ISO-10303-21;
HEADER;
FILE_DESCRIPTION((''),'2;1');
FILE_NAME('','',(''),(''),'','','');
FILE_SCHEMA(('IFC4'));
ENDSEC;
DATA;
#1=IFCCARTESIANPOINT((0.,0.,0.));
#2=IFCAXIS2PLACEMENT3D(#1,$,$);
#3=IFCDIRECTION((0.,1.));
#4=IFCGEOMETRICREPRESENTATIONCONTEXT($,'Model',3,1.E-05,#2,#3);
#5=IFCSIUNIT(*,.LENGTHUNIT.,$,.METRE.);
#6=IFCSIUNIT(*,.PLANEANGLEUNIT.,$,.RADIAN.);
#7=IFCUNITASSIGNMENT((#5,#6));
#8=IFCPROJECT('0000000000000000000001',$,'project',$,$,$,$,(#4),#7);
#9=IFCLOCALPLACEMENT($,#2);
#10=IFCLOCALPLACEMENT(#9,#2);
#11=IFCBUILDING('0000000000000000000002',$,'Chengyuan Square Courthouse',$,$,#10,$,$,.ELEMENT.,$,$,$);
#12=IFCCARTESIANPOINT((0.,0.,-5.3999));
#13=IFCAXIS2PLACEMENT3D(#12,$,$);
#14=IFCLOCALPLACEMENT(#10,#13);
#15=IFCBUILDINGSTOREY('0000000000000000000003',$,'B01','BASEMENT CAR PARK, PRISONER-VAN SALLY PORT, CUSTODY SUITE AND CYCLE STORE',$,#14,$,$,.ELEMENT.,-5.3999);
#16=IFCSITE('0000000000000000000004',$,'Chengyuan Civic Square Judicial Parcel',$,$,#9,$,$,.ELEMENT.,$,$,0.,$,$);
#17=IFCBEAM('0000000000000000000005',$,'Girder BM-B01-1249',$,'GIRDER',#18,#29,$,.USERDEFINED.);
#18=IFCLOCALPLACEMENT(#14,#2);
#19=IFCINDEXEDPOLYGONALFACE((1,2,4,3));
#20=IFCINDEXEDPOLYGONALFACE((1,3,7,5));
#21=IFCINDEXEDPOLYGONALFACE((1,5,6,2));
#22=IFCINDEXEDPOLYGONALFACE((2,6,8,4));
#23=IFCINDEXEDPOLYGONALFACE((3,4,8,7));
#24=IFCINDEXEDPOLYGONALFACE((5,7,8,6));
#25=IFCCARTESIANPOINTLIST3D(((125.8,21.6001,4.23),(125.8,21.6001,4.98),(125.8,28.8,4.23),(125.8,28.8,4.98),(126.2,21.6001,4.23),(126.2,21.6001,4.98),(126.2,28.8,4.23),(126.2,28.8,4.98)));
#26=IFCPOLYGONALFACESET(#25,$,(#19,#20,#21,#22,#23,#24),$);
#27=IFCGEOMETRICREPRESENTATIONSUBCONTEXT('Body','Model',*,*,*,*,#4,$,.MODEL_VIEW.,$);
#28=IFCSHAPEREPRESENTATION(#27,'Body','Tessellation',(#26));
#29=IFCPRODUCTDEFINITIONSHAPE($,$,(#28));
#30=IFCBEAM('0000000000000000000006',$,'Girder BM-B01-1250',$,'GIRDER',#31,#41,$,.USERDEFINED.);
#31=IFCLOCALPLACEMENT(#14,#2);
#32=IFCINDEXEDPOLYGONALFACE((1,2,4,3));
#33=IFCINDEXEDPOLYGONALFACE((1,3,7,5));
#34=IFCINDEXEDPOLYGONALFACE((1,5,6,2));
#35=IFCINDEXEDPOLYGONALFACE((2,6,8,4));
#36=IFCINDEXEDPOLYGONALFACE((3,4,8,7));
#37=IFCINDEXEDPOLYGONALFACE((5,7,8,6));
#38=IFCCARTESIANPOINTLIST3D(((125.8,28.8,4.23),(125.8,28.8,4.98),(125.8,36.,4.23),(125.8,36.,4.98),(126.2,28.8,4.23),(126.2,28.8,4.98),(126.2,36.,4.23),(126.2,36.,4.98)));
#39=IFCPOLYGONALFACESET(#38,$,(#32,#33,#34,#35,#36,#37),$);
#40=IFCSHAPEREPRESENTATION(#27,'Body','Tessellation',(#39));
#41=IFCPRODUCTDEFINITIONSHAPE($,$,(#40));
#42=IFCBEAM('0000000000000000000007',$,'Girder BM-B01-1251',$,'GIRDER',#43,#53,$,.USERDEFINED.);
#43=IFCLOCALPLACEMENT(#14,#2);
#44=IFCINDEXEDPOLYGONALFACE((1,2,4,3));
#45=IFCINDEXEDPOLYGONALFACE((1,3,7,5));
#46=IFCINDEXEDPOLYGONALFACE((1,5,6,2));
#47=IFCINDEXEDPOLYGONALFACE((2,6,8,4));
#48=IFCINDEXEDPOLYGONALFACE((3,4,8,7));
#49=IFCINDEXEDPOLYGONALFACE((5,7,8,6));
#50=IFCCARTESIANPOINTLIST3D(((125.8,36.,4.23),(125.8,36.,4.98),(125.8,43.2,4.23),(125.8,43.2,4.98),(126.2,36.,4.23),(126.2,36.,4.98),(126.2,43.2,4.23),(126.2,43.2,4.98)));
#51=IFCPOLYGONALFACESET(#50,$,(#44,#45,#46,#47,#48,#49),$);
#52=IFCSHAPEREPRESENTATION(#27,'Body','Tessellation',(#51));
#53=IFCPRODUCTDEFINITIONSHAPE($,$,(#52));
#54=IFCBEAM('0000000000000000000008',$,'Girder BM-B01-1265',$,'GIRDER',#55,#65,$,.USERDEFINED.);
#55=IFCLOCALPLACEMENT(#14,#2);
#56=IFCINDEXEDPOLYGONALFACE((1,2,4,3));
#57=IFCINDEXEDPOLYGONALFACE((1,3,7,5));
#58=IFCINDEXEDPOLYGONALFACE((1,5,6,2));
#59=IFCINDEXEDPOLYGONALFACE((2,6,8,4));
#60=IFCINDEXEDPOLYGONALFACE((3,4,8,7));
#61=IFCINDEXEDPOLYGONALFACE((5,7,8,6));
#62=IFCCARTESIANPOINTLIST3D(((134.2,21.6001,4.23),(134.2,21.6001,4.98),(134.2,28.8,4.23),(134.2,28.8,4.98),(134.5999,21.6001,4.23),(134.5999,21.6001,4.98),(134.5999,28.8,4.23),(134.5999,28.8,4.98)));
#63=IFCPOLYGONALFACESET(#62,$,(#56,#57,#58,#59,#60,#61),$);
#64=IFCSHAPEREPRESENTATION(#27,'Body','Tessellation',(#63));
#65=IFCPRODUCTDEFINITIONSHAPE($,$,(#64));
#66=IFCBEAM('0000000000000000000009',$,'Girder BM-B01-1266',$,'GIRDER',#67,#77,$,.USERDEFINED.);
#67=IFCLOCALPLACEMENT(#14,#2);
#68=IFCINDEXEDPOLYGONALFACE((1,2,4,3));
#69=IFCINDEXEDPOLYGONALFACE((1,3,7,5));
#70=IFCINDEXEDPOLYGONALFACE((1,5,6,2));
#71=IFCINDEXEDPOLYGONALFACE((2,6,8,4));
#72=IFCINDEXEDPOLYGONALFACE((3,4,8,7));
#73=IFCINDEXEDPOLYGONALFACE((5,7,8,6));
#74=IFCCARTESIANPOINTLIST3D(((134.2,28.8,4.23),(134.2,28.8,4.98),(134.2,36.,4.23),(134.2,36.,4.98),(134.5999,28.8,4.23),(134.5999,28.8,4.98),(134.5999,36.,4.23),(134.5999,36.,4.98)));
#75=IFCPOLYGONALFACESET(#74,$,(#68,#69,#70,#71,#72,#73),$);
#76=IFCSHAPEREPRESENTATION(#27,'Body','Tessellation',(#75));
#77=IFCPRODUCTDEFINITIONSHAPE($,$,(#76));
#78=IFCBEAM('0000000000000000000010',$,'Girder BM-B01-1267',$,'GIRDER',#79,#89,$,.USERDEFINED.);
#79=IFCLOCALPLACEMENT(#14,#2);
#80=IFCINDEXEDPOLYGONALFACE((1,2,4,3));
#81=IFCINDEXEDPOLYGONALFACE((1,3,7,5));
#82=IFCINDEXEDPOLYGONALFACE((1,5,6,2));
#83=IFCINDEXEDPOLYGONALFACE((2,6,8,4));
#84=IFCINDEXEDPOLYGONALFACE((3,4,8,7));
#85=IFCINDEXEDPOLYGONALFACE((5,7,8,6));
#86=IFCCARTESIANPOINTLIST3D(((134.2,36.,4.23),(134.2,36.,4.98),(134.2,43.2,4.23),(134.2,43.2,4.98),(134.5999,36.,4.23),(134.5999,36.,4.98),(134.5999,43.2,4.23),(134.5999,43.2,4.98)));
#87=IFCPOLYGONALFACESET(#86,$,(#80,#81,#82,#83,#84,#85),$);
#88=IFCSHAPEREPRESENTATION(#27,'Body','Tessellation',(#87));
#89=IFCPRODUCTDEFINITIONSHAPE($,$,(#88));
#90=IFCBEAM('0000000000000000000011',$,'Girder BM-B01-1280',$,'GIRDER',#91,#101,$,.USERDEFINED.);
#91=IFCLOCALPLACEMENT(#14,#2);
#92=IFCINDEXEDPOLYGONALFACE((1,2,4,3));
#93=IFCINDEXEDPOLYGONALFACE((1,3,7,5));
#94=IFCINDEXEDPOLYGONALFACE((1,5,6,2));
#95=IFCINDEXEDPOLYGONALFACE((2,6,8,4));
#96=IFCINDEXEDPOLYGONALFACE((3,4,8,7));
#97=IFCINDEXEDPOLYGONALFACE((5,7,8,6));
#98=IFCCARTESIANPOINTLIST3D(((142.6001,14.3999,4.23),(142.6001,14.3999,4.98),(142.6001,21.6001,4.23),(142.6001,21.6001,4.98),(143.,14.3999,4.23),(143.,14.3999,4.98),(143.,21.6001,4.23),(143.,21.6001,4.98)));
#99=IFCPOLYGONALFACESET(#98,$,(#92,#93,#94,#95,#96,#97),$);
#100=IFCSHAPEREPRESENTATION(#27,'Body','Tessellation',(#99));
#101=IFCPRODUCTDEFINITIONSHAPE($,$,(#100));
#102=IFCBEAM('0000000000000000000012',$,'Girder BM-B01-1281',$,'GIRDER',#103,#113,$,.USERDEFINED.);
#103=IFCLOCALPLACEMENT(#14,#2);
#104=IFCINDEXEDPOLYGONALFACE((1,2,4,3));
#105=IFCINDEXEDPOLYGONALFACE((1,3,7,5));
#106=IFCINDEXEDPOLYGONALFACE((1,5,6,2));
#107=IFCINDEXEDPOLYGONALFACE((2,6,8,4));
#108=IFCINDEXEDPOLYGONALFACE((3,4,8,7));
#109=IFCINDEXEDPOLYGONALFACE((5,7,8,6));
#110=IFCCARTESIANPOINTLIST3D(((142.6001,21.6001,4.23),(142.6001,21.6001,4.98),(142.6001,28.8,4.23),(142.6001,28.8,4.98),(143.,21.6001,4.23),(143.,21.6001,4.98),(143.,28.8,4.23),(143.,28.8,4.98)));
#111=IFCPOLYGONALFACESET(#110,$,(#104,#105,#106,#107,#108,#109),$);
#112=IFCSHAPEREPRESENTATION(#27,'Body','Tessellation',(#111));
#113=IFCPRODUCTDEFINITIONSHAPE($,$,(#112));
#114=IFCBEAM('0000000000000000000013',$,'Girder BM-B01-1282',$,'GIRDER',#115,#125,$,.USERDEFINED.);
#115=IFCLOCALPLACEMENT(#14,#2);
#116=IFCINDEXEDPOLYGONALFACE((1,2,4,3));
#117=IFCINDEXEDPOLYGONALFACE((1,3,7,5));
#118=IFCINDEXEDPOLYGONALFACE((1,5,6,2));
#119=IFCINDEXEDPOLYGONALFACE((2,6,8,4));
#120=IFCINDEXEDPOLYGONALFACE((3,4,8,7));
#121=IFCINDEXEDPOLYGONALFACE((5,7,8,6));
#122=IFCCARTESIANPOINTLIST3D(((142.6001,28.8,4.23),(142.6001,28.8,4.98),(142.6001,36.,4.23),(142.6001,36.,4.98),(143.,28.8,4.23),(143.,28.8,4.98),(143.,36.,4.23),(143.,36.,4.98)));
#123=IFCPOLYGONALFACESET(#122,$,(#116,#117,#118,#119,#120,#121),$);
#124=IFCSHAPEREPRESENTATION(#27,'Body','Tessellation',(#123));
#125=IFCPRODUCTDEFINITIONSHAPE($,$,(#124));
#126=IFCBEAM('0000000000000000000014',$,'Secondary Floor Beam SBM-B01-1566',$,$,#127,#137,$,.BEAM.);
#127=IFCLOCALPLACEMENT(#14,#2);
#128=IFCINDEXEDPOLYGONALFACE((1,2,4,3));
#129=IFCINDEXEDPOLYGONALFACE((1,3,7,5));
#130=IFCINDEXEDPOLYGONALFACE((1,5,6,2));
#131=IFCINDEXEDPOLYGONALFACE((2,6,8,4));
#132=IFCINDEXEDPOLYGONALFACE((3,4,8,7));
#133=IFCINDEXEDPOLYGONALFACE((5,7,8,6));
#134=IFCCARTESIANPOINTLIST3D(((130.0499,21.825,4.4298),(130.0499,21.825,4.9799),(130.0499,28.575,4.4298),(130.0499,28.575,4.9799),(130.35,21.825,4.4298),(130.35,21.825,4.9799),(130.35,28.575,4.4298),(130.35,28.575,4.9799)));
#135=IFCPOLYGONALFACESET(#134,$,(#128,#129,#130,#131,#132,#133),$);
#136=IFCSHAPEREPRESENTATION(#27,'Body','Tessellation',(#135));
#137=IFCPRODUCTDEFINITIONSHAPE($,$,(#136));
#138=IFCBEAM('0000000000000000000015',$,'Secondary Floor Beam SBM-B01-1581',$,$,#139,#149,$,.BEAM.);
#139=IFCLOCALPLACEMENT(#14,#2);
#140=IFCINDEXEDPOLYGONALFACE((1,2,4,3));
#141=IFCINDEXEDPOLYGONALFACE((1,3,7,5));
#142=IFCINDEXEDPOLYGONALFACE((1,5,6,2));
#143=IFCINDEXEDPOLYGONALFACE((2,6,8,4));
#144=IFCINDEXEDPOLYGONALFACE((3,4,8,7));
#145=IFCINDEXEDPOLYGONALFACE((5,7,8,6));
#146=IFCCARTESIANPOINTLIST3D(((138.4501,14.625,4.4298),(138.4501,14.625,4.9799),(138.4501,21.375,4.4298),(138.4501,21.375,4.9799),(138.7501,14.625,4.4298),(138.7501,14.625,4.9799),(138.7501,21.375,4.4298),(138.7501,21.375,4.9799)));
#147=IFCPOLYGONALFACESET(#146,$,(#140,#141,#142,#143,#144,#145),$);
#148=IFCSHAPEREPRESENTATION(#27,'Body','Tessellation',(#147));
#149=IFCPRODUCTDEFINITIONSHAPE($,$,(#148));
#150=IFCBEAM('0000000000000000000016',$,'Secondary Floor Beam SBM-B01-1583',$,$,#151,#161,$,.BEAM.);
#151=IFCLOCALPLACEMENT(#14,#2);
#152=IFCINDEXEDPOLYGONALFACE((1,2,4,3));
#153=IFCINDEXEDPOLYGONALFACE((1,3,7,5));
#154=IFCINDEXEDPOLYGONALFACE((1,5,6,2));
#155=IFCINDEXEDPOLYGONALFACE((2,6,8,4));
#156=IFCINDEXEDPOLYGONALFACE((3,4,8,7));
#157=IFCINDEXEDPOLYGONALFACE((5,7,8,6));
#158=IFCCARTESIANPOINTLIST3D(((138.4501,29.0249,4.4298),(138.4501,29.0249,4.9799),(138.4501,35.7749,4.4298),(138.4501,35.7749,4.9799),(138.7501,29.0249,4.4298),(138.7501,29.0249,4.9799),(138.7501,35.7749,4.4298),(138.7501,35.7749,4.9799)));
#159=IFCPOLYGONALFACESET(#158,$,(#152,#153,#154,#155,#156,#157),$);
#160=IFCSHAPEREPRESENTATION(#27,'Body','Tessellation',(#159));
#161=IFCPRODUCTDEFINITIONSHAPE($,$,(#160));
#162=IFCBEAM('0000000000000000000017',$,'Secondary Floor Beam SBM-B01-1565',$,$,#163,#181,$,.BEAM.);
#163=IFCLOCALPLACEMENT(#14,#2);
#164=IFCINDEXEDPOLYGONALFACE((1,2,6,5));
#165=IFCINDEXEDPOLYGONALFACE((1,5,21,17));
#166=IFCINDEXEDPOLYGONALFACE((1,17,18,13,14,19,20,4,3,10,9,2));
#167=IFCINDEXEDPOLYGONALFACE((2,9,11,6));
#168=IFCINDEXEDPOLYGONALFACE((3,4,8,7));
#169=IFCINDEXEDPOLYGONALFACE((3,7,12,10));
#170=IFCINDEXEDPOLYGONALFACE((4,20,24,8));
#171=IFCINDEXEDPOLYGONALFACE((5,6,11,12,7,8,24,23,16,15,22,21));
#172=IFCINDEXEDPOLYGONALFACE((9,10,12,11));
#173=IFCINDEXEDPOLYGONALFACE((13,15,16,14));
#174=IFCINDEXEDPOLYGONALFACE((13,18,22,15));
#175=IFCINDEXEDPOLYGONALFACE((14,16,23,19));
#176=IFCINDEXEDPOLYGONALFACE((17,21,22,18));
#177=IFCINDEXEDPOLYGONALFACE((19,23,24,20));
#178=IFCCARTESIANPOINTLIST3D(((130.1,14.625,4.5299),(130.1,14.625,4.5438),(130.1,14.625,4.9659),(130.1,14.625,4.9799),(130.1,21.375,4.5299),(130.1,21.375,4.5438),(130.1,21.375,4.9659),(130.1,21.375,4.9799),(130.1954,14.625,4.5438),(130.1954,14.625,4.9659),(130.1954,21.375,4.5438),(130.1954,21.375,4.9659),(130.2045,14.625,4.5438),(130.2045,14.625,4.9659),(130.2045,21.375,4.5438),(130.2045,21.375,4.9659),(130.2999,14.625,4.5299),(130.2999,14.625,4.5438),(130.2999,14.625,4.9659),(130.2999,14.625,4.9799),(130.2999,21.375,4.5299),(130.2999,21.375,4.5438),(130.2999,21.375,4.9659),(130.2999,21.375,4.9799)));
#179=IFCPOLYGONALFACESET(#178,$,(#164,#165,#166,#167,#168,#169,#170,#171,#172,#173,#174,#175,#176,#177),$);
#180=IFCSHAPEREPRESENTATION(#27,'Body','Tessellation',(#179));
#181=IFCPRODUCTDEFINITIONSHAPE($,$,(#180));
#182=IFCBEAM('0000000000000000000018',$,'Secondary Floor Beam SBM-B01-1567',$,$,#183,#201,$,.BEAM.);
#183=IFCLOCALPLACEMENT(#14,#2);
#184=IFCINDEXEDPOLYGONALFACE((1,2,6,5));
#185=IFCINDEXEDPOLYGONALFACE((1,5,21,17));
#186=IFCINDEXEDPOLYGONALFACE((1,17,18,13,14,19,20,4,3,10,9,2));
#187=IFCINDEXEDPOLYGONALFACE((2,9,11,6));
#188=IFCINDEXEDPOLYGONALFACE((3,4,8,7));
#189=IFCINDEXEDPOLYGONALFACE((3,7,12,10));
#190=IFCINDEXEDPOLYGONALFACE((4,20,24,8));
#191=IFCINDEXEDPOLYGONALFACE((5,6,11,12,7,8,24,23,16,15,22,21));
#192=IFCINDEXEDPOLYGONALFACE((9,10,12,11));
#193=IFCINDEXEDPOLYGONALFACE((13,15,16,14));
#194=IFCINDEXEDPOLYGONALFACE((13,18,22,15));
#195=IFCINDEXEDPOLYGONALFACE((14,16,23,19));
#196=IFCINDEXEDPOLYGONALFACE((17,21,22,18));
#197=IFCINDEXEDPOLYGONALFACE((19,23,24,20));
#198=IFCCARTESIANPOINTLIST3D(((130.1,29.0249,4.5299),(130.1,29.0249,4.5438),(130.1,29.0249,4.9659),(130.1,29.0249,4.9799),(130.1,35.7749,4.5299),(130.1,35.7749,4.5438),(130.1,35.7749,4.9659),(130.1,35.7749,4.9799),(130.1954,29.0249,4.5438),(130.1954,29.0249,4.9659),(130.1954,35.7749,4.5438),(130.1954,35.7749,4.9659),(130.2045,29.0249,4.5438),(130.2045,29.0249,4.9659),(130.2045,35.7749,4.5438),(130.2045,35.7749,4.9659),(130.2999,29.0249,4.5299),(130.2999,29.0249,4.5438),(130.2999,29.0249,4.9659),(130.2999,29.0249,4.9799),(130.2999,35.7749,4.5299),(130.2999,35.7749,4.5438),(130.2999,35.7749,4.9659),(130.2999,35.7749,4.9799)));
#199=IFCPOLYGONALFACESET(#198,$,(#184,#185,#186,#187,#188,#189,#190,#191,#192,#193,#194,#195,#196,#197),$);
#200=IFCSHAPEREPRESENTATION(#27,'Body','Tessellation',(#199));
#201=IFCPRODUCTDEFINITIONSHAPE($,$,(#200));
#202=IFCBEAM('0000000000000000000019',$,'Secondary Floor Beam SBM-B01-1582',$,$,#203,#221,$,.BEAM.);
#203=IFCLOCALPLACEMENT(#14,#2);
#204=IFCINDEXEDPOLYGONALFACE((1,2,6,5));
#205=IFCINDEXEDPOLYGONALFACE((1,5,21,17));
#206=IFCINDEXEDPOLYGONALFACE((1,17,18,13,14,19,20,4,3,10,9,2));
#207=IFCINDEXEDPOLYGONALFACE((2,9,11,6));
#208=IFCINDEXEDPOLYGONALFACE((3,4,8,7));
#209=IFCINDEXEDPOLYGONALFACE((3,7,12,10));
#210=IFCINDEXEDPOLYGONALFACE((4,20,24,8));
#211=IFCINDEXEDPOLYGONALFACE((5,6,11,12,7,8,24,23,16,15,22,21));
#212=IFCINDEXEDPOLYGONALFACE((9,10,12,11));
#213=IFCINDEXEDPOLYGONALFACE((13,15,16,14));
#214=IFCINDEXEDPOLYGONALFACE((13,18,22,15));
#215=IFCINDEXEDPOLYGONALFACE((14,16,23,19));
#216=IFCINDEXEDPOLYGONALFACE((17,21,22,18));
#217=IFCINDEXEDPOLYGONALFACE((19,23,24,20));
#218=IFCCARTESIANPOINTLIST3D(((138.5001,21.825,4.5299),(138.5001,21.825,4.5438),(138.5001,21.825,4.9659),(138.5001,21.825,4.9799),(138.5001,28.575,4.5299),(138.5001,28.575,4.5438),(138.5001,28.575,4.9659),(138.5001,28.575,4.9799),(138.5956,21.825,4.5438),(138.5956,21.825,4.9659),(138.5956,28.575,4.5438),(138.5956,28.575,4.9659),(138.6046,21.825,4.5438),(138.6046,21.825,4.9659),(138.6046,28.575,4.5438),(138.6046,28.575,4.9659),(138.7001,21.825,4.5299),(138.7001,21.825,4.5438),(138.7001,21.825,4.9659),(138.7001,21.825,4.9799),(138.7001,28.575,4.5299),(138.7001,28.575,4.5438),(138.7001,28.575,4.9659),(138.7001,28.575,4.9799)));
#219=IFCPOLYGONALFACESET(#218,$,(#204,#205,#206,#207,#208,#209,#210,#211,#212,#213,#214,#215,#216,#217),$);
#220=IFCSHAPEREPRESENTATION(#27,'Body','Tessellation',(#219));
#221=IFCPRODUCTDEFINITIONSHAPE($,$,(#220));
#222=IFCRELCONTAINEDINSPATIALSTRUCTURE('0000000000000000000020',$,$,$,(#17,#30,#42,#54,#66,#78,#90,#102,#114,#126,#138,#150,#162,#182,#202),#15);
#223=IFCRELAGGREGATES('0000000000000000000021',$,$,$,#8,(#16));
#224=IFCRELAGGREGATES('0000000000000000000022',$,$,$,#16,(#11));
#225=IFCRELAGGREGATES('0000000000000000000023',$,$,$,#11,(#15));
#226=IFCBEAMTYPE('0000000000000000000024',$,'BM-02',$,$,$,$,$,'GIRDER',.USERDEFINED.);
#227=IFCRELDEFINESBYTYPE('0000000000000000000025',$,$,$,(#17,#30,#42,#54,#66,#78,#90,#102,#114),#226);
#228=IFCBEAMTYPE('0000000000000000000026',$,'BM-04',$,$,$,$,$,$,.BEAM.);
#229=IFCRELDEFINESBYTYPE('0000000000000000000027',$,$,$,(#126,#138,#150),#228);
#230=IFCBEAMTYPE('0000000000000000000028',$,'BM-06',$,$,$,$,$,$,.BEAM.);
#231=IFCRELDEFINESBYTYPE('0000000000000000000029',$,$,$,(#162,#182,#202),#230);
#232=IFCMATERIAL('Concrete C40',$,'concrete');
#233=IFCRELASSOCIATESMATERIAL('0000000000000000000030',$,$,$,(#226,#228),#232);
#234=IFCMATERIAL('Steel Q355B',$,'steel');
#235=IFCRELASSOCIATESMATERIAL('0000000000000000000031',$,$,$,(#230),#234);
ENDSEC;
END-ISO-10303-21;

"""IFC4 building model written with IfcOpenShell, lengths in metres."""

from ifc_helpers import new_model, si_unit, direction, frame, origin, origin_2d, place, context, subcontext, project, spatial, rectangle, i_section, extrude, material, material_profile, profile_set, type_object, element, save


model = new_model("IFC4")

# Units and contexts
model_context = context("Model", 3, precision=1e-05, world=origin(), true_north=direction((0.0, 1.0)))
body_context = subcontext(model_context, "Body", "Model", "MODEL_VIEW")
ifc_project = project(units=[si_unit("LENGTHUNIT", "METRE"), si_unit("PLANEANGLEUNIT", "RADIAN")], contexts=[model_context])

# Site, building, storey
site_placement = place(None, origin())
site = spatial("IfcSite", under=ifc_project, at=site_placement, Name="Chengyuan Civic Square Judicial Parcel", CompositionType="ELEMENT", RefElevation=0.0)
building_placement = place(site_placement, origin())
building = spatial("IfcBuilding", under=site, at=building_placement, Name="Chengyuan Square Courthouse", CompositionType="ELEMENT")
storey_placement = place(building_placement, frame((0.0, 0.0, -5.3999)))
storey = spatial("IfcBuildingStorey", under=building, at=storey_placement, Name="B01", Description="BASEMENT CAR PARK, PRISONER-VAN SALLY PORT, CUSTODY SUITE AND CYCLE STORE", CompositionType="ELEMENT", Elevation=-5.3999)

# Beams
ifc_material_1 = material(Name="Concrete C40", Category="concrete")
ifc_material_profile_1 = material_profile(ifc_material_1, rectangle(XDim=0.3999, YDim=0.75, at=origin_2d()), Name="RC-BM-400x750")
ifc_profile_set_1 = profile_set([ifc_material_profile_1], Name="Concrete C40")
beam_type_1 = type_object("IfcBeamType", Name="BM-02", ElementType="GIRDER", PredefinedType="USERDEFINED", material=ifc_profile_set_1)
for number, where, z_axis, x_axis, name in (
    (1, (126.0, 21.6001, 4.605), (0.0, 1.0, 0.0), (-1.0, 0.0, 0.0), "Girder BM-B01-1249"),
    (2, (126.0, 28.8, 4.605), (0.0, 1.0, 0.0), (-1.0, 0.0, 0.0), "Girder BM-B01-1250"),
    (3, (126.0, 36.0, 4.605), (0.0, 1.0, 0.0), (-1.0, 0.0, 0.0), "Girder BM-B01-1251"),
    (4, (134.3999, 21.6001, 4.605), (0.0, 1.0, 0.0), (-1.0, 0.0, 0.0), "Girder BM-B01-1265"),
    (5, (134.3999, 28.8, 4.605), (0.0, 1.0, 0.0), (-1.0, 0.0, 0.0), "Girder BM-B01-1266"),
    (6, (134.3999, 36.0, 4.605), (0.0, 1.0, 0.0), (-1.0, 0.0, 0.0), "Girder BM-B01-1267"),
):
    element("IfcBeam", number, at=place(storey_placement, frame(where, z_axis=z_axis, x_axis=x_axis)), inside=storey, type_object=beam_type_1, Name=name, ObjectType="GIRDER", PredefinedType="USERDEFINED", context=body_context, shape_type="SweptSolid", body=[
        extrude(rectangle(XDim=0.3999, YDim=0.75, at=origin_2d()), origin(), (0.0, 0.0, 1.0), 7.2),
    ])
beam_1_placement = place(storey_placement, frame((142.8, 14.3999, 4.605), z_axis=(0.0, 1.0, 0.0), x_axis=(-1.0, 0.0, 0.0)))
element("IfcBeam", 7, at=beam_1_placement, inside=storey, type_object=beam_type_1, Name="Girder BM-B01-1280", ObjectType="GIRDER", PredefinedType="USERDEFINED", context=body_context, shape_type="SweptSolid", body=[
    extrude(rectangle(XDim=0.3999, YDim=0.75, at=origin_2d()), origin(), (0.0, 0.0, 1.0), 7.2002),
])
for number, where, z_axis, x_axis, name in (
    (8, (142.8, 21.6001, 4.605), (0.0, 1.0, 0.0), (-1.0, 0.0, 0.0), "Girder BM-B01-1281"),
    (9, (142.8, 28.8, 4.605), (0.0, 1.0, 0.0), (-1.0, 0.0, 0.0), "Girder BM-B01-1282"),
):
    element("IfcBeam", number, at=place(storey_placement, frame(where, z_axis=z_axis, x_axis=x_axis)), inside=storey, type_object=beam_type_1, Name=name, ObjectType="GIRDER", PredefinedType="USERDEFINED", context=body_context, shape_type="SweptSolid", body=[
        extrude(rectangle(XDim=0.3999, YDim=0.75, at=origin_2d()), origin(), (0.0, 0.0, 1.0), 7.2),
    ])
ifc_material_profile_2 = material_profile(ifc_material_1, rectangle(XDim=0.3, YDim=0.55, at=origin_2d()), Name="RC-BM-300x550")
ifc_profile_set_2 = profile_set([ifc_material_profile_2], Name="Concrete C40")
beam_type_2 = type_object("IfcBeamType", Name="BM-04", PredefinedType="BEAM", material=ifc_profile_set_2)
for number, where, z_axis, x_axis, name in (
    (10, (130.2, 21.825, 4.7048), (0.0, 1.0, 0.0), (-1.0, 0.0, 0.0), "Secondary Floor Beam SBM-B01-1566"),
    (11, (138.6001, 14.625, 4.7048), (0.0, 1.0, 0.0), (-1.0, 0.0, 0.0), "Secondary Floor Beam SBM-B01-1581"),
    (12, (138.6001, 29.0249, 4.7048), (0.0, 1.0, 0.0), (-1.0, 0.0, 0.0), "Secondary Floor Beam SBM-B01-1583"),
):
    element("IfcBeam", number, at=place(storey_placement, frame(where, z_axis=z_axis, x_axis=x_axis)), inside=storey, type_object=beam_type_2, Name=name, PredefinedType="BEAM", context=body_context, shape_type="SweptSolid", body=[
        extrude(rectangle(XDim=0.3, YDim=0.55, at=origin_2d()), origin(), (0.0, 0.0, 1.0), 6.75),
    ])
ifc_material_2 = material(Name="Steel Q355B", Category="steel")
ifc_material_profile_3 = material_profile(ifc_material_2, i_section(OverallWidth=0.2, OverallDepth=0.45, WebThickness=0.009, FlangeThickness=0.0139, at=origin_2d()), Name="HN 450x200x9x14")
ifc_profile_set_3 = profile_set([ifc_material_profile_3], Name="Steel Q355B")
beam_type_3 = type_object("IfcBeamType", Name="BM-06", PredefinedType="BEAM", material=ifc_profile_set_3)
for number, where, z_axis, x_axis, name in (
    (13, (130.2, 14.625, 4.7549), (0.0, 1.0, 0.0), (-1.0, 0.0, 0.0), "Secondary Floor Beam SBM-B01-1565"),
    (14, (130.2, 29.0249, 4.7549), (0.0, 1.0, 0.0), (-1.0, 0.0, 0.0), "Secondary Floor Beam SBM-B01-1567"),
    (15, (138.6001, 21.825, 4.7549), (0.0, 1.0, 0.0), (-1.0, 0.0, 0.0), "Secondary Floor Beam SBM-B01-1582"),
):
    element("IfcBeam", number, at=place(storey_placement, frame(where, z_axis=z_axis, x_axis=x_axis)), inside=storey, type_object=beam_type_3, Name=name, PredefinedType="BEAM", context=body_context, shape_type="SweptSolid", body=[
        extrude(i_section(OverallWidth=0.2, OverallDepth=0.45, WebThickness=0.009, FlangeThickness=0.0139, at=origin_2d()), origin(), (0.0, 0.0, 1.0), 6.75),
    ])

save(model, "model.ifc")
